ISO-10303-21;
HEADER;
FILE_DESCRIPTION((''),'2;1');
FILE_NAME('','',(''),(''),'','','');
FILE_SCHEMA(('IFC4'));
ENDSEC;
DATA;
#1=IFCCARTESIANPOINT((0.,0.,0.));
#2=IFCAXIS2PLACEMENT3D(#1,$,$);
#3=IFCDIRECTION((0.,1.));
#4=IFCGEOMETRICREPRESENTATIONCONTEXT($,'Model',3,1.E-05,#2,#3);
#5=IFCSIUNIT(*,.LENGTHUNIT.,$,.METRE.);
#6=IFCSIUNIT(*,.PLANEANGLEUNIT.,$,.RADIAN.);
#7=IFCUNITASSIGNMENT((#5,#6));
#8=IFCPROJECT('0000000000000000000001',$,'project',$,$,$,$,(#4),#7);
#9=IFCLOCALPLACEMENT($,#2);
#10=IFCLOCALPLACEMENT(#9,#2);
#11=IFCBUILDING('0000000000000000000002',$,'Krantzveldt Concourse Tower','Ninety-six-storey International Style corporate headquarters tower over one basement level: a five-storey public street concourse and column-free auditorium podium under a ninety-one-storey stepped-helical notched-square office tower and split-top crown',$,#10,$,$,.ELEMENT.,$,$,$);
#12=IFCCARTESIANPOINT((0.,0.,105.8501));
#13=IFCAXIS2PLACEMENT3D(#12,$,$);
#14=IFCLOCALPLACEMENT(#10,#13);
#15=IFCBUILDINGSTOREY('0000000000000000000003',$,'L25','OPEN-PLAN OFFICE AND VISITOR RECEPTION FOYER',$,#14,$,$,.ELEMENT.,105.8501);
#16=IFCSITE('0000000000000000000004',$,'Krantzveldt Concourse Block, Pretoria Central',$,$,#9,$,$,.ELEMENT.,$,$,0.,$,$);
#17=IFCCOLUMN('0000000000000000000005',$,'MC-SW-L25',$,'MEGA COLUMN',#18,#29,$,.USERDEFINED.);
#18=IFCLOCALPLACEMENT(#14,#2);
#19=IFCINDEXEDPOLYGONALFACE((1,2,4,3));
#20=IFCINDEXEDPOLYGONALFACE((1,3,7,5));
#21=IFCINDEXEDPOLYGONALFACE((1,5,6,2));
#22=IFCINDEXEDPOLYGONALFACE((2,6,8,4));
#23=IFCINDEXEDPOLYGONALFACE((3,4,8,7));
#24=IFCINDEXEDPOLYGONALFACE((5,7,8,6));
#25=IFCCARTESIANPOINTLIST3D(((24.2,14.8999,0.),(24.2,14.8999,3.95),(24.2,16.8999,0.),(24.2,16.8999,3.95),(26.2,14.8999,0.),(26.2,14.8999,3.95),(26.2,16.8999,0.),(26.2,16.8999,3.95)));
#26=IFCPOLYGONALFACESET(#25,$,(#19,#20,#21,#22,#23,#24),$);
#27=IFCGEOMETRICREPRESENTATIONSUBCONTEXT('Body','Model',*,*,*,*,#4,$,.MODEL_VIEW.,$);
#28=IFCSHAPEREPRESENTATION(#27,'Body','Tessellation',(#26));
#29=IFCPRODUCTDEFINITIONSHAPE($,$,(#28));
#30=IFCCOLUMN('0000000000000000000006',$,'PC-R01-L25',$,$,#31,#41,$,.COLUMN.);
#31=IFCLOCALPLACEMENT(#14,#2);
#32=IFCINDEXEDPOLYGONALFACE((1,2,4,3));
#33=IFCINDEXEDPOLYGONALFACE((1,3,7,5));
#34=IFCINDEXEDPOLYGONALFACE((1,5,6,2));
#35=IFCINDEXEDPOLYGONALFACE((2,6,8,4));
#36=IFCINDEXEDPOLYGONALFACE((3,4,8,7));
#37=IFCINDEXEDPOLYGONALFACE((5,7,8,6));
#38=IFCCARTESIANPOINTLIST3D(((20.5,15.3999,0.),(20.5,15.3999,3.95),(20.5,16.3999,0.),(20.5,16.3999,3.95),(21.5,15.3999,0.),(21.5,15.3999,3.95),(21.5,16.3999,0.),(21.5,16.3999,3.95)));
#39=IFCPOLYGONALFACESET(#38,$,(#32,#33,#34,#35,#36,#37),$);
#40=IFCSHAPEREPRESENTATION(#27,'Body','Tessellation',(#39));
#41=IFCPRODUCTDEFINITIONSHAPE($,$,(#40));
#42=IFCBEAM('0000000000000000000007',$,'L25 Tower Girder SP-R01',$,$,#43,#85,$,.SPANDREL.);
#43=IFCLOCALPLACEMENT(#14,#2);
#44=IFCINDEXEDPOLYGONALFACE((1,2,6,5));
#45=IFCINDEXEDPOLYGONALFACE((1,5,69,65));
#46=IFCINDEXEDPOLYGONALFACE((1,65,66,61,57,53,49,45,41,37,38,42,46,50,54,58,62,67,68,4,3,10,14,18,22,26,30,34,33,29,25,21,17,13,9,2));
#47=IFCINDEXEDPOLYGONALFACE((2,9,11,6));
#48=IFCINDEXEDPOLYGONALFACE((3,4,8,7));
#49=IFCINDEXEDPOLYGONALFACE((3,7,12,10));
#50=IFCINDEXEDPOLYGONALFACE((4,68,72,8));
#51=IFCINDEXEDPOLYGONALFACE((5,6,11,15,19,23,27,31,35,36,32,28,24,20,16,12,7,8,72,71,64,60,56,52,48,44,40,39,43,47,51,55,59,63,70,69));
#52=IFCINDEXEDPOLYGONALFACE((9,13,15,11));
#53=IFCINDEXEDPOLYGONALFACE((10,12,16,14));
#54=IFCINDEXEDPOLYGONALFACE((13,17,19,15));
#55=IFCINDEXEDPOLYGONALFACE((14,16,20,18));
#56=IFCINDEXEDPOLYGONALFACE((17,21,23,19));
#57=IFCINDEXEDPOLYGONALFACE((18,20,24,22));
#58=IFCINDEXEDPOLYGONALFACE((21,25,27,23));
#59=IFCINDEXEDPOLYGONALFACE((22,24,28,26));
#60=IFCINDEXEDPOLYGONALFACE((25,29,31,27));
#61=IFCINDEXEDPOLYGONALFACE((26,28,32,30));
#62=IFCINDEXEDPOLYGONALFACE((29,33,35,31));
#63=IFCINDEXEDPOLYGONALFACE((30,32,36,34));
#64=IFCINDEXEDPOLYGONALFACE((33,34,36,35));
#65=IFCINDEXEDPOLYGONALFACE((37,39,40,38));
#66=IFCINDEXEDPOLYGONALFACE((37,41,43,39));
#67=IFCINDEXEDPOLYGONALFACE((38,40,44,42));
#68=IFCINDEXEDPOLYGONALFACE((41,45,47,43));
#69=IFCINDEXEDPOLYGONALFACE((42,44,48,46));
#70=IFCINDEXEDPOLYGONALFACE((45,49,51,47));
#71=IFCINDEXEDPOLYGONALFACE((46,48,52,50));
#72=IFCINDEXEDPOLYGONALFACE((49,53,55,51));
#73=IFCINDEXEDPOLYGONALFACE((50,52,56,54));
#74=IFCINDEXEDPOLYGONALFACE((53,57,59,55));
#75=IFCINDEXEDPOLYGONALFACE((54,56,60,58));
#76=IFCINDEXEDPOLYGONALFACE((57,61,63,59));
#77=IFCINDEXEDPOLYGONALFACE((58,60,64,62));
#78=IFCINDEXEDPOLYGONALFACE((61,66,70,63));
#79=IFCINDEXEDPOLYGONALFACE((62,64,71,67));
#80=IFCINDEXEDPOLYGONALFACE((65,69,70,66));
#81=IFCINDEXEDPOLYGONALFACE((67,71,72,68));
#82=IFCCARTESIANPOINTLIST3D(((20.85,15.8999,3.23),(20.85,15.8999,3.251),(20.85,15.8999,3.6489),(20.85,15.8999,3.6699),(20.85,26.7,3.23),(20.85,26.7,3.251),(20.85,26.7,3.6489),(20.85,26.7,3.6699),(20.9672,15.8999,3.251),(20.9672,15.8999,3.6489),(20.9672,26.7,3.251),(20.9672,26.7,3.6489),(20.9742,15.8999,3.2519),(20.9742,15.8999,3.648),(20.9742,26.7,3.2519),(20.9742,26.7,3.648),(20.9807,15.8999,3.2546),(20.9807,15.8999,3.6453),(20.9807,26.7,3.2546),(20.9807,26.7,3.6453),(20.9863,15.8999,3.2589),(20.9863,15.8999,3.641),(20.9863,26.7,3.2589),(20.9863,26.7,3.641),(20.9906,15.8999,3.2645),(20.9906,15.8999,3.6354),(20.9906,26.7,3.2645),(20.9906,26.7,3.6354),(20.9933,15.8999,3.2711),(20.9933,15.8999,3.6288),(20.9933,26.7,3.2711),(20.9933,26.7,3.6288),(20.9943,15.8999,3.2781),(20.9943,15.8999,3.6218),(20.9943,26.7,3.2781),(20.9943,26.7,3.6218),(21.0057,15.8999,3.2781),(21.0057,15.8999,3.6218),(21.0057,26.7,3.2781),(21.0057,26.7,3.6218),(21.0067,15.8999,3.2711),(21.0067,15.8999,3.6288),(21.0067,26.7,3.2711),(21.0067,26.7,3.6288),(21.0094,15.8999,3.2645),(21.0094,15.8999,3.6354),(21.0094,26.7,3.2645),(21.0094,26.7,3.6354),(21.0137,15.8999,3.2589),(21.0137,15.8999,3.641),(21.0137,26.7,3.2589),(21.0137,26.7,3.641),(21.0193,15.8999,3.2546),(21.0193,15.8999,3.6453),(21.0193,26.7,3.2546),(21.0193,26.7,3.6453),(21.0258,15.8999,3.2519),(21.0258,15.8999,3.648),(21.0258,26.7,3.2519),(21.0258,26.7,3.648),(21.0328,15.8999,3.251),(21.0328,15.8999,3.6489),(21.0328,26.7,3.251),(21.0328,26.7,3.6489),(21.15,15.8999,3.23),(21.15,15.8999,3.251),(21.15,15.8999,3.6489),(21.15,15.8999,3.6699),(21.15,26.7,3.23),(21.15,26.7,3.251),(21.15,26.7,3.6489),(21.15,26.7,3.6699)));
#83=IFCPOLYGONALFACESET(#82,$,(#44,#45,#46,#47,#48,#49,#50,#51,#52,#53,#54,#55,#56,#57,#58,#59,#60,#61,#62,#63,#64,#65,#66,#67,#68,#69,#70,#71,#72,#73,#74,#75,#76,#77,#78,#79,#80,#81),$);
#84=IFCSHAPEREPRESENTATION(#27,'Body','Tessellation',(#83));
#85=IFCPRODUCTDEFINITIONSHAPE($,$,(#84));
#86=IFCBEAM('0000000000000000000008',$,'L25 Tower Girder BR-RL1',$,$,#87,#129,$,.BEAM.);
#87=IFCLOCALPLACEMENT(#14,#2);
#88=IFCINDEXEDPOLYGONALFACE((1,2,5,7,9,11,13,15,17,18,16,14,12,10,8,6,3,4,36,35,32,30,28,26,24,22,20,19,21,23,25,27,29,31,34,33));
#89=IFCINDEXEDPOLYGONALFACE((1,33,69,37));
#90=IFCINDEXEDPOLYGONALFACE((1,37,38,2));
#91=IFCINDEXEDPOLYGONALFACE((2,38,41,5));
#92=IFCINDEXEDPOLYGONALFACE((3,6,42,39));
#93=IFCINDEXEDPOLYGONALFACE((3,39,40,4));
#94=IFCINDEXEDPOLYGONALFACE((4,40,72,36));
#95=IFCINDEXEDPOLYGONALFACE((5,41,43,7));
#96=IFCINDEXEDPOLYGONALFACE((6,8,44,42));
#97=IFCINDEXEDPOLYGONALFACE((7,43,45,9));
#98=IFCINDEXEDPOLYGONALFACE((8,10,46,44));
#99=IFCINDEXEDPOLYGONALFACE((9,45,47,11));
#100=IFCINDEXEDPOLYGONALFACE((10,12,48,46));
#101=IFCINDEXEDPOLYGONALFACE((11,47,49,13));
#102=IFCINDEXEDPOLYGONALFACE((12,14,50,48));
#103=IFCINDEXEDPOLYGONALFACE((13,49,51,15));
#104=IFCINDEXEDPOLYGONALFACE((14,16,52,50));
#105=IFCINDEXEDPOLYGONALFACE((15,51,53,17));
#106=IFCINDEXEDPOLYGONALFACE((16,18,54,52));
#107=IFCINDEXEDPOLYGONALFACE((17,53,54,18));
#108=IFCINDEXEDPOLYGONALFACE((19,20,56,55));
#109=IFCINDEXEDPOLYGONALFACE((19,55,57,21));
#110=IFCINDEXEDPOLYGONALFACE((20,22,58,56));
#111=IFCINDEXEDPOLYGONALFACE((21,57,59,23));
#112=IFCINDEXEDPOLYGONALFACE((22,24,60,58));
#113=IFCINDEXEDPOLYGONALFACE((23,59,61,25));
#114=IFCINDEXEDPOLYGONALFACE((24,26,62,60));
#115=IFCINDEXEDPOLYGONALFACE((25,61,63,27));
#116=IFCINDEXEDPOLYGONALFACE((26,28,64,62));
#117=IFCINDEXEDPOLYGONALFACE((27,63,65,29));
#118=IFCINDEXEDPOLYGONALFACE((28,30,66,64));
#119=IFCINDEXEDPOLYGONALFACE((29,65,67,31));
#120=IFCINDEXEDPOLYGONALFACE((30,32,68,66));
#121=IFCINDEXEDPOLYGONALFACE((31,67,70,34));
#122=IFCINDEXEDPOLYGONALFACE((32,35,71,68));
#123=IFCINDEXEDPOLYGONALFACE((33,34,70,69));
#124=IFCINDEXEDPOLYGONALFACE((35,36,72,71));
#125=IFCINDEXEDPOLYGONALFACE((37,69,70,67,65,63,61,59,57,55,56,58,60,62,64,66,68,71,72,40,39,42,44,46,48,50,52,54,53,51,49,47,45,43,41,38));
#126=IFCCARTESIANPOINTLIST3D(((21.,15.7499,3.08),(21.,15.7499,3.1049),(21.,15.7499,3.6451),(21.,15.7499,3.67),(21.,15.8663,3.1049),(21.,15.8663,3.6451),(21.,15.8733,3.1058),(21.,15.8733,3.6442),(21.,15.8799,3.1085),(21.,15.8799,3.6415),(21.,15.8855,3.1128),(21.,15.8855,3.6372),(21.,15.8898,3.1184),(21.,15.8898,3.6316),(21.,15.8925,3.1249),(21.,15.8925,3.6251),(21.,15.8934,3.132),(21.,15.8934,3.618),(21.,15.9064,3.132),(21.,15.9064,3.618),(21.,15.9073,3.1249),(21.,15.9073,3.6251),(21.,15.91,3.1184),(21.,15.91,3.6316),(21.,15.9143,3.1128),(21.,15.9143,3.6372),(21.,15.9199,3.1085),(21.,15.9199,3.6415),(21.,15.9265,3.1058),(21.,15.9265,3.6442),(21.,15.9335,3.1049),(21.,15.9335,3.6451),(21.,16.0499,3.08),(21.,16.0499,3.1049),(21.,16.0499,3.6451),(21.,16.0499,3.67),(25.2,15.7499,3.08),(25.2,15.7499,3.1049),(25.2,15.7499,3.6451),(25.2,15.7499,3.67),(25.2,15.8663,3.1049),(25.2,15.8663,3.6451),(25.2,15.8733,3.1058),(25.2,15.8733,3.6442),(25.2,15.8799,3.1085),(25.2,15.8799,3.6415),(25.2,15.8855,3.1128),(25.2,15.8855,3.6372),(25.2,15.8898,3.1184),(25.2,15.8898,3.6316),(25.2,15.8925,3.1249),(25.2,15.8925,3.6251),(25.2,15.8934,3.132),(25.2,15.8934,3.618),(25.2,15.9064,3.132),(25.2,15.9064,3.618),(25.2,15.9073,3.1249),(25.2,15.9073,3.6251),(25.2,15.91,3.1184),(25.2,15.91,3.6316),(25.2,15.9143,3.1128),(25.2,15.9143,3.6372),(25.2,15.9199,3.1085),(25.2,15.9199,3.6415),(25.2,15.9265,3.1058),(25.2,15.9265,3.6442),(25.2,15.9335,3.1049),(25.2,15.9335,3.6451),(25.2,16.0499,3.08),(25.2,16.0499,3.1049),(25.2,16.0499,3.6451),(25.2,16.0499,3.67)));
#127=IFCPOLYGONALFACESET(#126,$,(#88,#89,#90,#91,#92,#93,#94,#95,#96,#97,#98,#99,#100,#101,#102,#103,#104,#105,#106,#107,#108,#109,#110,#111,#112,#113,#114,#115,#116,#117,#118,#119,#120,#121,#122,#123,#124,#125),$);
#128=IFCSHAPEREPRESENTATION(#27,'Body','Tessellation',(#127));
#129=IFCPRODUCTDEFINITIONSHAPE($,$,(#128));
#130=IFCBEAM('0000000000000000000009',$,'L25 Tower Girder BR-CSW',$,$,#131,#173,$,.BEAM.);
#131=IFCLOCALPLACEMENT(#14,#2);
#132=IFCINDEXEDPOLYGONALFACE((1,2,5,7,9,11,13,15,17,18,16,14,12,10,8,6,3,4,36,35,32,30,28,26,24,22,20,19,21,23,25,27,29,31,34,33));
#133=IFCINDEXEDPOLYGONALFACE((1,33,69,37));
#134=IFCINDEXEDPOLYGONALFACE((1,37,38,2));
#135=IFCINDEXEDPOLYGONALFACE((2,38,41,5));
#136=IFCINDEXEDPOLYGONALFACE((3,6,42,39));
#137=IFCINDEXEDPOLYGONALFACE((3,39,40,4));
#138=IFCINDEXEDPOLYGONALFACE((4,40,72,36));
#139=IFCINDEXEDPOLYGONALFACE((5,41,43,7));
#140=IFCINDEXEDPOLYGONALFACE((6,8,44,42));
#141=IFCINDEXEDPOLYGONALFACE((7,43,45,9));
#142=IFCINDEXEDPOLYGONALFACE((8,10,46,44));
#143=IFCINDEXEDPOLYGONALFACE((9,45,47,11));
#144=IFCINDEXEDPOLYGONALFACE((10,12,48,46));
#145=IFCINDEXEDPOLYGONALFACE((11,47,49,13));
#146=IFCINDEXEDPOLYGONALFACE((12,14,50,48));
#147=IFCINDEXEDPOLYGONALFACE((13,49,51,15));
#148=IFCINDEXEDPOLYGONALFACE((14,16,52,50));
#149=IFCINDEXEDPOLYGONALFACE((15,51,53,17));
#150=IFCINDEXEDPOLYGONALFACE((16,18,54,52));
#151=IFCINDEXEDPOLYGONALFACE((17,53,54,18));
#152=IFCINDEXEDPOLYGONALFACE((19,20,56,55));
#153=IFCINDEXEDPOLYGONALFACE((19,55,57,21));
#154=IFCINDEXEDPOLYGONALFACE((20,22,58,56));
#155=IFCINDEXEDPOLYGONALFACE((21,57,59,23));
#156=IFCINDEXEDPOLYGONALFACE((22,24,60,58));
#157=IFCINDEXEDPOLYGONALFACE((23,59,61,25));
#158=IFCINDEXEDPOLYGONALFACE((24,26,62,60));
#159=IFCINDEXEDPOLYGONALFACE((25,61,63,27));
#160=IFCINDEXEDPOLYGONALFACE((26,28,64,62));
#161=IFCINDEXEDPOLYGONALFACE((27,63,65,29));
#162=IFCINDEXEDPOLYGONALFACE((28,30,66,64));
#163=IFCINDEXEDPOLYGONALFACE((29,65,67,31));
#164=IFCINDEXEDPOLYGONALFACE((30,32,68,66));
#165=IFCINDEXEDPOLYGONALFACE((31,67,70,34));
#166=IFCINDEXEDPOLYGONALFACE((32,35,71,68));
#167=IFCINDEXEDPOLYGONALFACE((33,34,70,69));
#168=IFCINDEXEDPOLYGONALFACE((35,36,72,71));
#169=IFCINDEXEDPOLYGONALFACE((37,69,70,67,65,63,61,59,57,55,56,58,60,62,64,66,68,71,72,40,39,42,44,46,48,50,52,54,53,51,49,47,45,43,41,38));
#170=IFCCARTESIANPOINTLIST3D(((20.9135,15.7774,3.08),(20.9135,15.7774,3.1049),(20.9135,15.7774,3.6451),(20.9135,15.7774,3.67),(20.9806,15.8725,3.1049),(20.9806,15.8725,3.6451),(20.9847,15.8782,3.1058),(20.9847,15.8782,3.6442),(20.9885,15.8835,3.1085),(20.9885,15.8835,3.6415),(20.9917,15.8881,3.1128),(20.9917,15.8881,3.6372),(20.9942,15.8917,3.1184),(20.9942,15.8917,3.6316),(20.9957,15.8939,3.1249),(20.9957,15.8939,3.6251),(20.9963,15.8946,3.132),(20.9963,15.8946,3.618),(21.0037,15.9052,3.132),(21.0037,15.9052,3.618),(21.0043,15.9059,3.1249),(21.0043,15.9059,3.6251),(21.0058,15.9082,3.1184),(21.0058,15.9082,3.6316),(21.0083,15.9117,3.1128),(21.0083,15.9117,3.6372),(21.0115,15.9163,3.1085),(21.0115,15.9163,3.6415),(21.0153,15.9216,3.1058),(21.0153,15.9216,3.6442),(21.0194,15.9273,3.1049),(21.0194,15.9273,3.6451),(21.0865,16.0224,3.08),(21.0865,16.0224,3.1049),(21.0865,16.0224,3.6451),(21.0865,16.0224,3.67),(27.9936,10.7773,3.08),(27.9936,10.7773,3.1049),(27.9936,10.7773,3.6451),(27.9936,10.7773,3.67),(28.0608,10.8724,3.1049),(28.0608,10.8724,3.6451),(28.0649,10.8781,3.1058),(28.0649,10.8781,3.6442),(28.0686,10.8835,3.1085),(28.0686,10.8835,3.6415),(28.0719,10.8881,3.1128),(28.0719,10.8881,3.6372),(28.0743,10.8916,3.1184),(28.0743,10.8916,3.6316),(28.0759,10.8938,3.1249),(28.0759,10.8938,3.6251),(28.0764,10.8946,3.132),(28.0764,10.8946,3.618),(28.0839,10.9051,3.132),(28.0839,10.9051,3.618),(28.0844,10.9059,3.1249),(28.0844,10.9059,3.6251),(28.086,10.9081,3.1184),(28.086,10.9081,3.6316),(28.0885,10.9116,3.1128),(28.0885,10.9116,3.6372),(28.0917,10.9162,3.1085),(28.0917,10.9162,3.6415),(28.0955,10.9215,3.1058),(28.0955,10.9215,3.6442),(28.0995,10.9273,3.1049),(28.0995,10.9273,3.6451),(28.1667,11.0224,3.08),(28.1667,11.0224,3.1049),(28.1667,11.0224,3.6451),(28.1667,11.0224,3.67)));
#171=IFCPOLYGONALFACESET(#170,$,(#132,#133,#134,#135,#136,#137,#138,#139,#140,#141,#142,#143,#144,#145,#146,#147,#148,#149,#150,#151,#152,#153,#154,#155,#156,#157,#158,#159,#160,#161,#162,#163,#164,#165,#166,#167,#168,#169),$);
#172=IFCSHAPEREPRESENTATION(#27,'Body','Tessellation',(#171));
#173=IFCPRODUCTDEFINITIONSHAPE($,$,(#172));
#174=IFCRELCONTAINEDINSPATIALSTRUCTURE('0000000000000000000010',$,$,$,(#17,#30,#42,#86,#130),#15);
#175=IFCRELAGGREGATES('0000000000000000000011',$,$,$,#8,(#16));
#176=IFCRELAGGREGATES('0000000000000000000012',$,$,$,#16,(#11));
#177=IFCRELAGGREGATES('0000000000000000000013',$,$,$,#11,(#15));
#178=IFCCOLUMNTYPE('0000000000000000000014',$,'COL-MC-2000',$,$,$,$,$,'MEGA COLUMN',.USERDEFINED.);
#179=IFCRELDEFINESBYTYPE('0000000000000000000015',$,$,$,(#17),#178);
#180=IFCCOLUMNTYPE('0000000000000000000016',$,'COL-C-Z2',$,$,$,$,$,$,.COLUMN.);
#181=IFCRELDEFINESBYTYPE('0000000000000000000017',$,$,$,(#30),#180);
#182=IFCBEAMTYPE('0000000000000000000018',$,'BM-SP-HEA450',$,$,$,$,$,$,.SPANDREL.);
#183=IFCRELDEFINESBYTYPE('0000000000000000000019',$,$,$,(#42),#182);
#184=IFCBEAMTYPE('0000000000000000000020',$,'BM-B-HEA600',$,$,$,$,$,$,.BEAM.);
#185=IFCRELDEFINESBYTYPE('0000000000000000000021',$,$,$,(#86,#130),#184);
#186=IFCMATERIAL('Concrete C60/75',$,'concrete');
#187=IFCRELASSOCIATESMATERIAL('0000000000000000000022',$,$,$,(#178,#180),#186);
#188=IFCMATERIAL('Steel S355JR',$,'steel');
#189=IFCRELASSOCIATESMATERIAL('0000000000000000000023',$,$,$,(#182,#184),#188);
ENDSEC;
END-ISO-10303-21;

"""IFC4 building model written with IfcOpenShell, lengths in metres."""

from ifc_helpers import new_model, si_unit, direction, frame, origin, origin_2d, place, context, subcontext, project, spatial, rectangle, i_section, extrude, source, transform, mapped, material, material_profile, profile_set, type_object, type_shapes, element, save


model = new_model("IFC4")

# Units and contexts
model_context = context("Model", 3, precision=1e-05, world=origin(), true_north=direction((0.0, 1.0)))
body_context = subcontext(model_context, "Body", "Model", "MODEL_VIEW")
ifc_project = project(units=[si_unit("LENGTHUNIT", "METRE"), si_unit("PLANEANGLEUNIT", "RADIAN")], contexts=[model_context])

# Site, building, storey
site_placement = place(None, origin())
site = spatial("IfcSite", under=ifc_project, at=site_placement, Name="Krantzveldt Concourse Block, Pretoria Central", CompositionType="ELEMENT", RefElevation=0.0)
building_placement = place(site_placement, origin())
building = spatial("IfcBuilding", under=site, at=building_placement, Name="Krantzveldt Concourse Tower", Description="Ninety-six-storey International Style corporate headquarters tower over one basement level: a five-storey public street concourse and column-free auditorium podium under a ninety-one-storey stepped-helical notched-square office tower and split-top crown", CompositionType="ELEMENT")
storey_placement = place(building_placement, frame((0.0, 0.0, 105.8501)))
storey = spatial("IfcBuildingStorey", under=building, at=storey_placement, Name="L25", Description="OPEN-PLAN OFFICE AND VISITOR RECEPTION FOYER", CompositionType="ELEMENT", Elevation=105.8501)

# Columns
ifc_material_1 = material(Name="Concrete C60/75", Category="concrete")
ifc_material_profile_1 = material_profile(ifc_material_1, rectangle(XDim=2.0, YDim=2.0, at=origin_2d()), Name="Concrete C60/75", Category="concrete")
ifc_profile_set_1 = profile_set([ifc_material_profile_1], Name="Concrete C60/75 - RC 2000x2000")
column_type_1 = type_object("IfcColumnType", Name="COL-MC-2000", ElementType="MEGA COLUMN", PredefinedType="USERDEFINED", material=ifc_profile_set_1)
shared_shape_1 = source(origin(), body_context, "Body", "SweptSolid", [
    extrude(rectangle(XDim=2.0, YDim=2.0, at=origin_2d()), origin(), (0.0, 0.0, 1.0), 3.95),
])
type_shapes(column_type_1, [shared_shape_1])
column_1_placement = place(storey_placement, frame((25.2, 15.8999, 0.0), z_axis=(0.0, 0.0, 1.0), x_axis=(1.0, 0.0, 0.0)))
element("IfcColumn", 1, at=column_1_placement, inside=storey, type_object=column_type_1, Name="MC-SW-L25", ObjectType="MEGA COLUMN", PredefinedType="USERDEFINED", context=body_context, shape_type="MappedRepresentation", body=[
    mapped(shared_shape_1, transform((0.0, 0.0, 0.0), x_axis=(1.0, 0.0, 0.0), y_axis=(0.0, 1.0, 0.0), z_axis=(0.0, 0.0, 1.0), scale=1.0)),
])
ifc_material_profile_2 = material_profile(ifc_material_1, rectangle(XDim=1.0, YDim=1.0, at=origin_2d()), Name="Concrete C60/75", Category="concrete")
ifc_profile_set_2 = profile_set([ifc_material_profile_2], Name="Concrete C60/75 - RC 1000x1000")
column_type_2 = type_object("IfcColumnType", Name="COL-C-Z2", PredefinedType="COLUMN", material=ifc_profile_set_2)
shared_shape_2 = source(origin(), body_context, "Body", "SweptSolid", [
    extrude(rectangle(XDim=1.0, YDim=1.0, at=origin_2d()), origin(), (0.0, 0.0, 1.0), 3.95),
])
type_shapes(column_type_2, [shared_shape_2])
column_2_placement = place(storey_placement, frame((21.0, 15.8999, 0.0), z_axis=(0.0, 0.0, 1.0), x_axis=(1.0, 0.0, 0.0)))
element("IfcColumn", 2, at=column_2_placement, inside=storey, type_object=column_type_2, Name="PC-R01-L25", PredefinedType="COLUMN", context=body_context, shape_type="MappedRepresentation", body=[
    mapped(shared_shape_2, transform((0.0, 0.0, 0.0), x_axis=(1.0, 0.0, 0.0), y_axis=(0.0, 1.0, 0.0), z_axis=(0.0, 0.0, 1.0), scale=1.0)),
])

# Beams
ifc_material_2 = material(Name="Steel S355JR", Category="steel")
ifc_material_profile_3 = material_profile(ifc_material_2, i_section(OverallWidth=0.3, OverallDepth=0.4399, WebThickness=0.0115, FlangeThickness=0.021, FilletRadius=0.0271, at=origin_2d()), Name="Steel S355JR", Category="steel")
ifc_profile_set_3 = profile_set([ifc_material_profile_3], Name="Steel S355JR - HEA 450")
beam_type_1 = type_object("IfcBeamType", Name="BM-SP-HEA450", PredefinedType="SPANDREL", material=ifc_profile_set_3)
shared_shape_3 = source(origin(), body_context, "Body", "SweptSolid", [
    extrude(i_section(OverallWidth=0.3, OverallDepth=0.4399, WebThickness=0.0115, FlangeThickness=0.021, FilletRadius=0.0271, at=origin_2d()), origin(), (0.0, 0.0, 1.0), 10.8),
])
type_shapes(beam_type_1, [shared_shape_3])
beam_1_placement = place(storey_placement, frame((21.0, 15.8999, 3.45), z_axis=(0.0, 1.0, 0.0), x_axis=(-1.0, 0.0, 0.0)))
element("IfcBeam", 3, at=beam_1_placement, inside=storey, type_object=beam_type_1, Name="L25 Tower Girder SP-R01", PredefinedType="SPANDREL", context=body_context, shape_type="MappedRepresentation", body=[
    mapped(shared_shape_3, transform((0.0, 0.0, 0.0), x_axis=(1.0, 0.0, 0.0), y_axis=(0.0, 1.0, 0.0), z_axis=(0.0, 0.0, 1.0), scale=1.0)),
])
ifc_material_profile_4 = material_profile(ifc_material_2, i_section(OverallWidth=0.3, OverallDepth=0.5901, WebThickness=0.0129, FlangeThickness=0.0249, FilletRadius=0.0271, at=origin_2d()), Name="Steel S355JR", Category="steel")
ifc_profile_set_4 = profile_set([ifc_material_profile_4], Name="Steel S355JR - HEA 600")
beam_type_2 = type_object("IfcBeamType", Name="BM-B-HEA600", PredefinedType="BEAM", material=ifc_profile_set_4)
shared_shape_4 = source(origin(), body_context, "Body", "SweptSolid", [
    extrude(i_section(OverallWidth=0.3, OverallDepth=0.5901, WebThickness=0.0129, FlangeThickness=0.0249, FilletRadius=0.0271, at=origin_2d()), origin(), (0.0, 0.0, 1.0), 4.2),
])
beam_2_placement = place(storey_placement, frame((21.0, 15.8999, 3.375), z_axis=(1.0, 0.0, 0.0), x_axis=(0.0, 1.0, 0.0)))
element("IfcBeam", 4, at=beam_2_placement, inside=storey, type_object=beam_type_2, Name="L25 Tower Girder BR-RL1", PredefinedType="BEAM", context=body_context, shape_type="MappedRepresentation", body=[
    mapped(shared_shape_4, transform((0.0, 0.0, 0.0), x_axis=(1.0, 0.0, 0.0), y_axis=(0.0, 1.0, 0.0), z_axis=(0.0, 0.0, 1.0), scale=1.0)),
])
shared_shape_5 = source(origin(), body_context, "Body", "SweptSolid", [
    extrude(i_section(OverallWidth=0.3, OverallDepth=0.5901, WebThickness=0.0129, FlangeThickness=0.0249, FilletRadius=0.0271, at=origin_2d()), origin(), (0.0, 0.0, 1.0), 8.6677),
])
type_shapes(beam_type_2, [shared_shape_4, shared_shape_5])
beam_3_placement = place(storey_placement, frame((21.0, 15.8999, 3.375), z_axis=(0.816843, -0.57686, 0.0), x_axis=(0.57686, 0.816843, 0.0)))
element("IfcBeam", 5, at=beam_3_placement, inside=storey, type_object=beam_type_2, Name="L25 Tower Girder BR-CSW", PredefinedType="BEAM", context=body_context, shape_type="MappedRepresentation", body=[
    mapped(shared_shape_5, transform((0.0, 0.0, 0.0), x_axis=(1.0, 0.0, 0.0), y_axis=(0.0, 1.0, 0.0), z_axis=(0.0, 0.0, 1.0), scale=1.0)),
])

save(model, "model.ifc")
